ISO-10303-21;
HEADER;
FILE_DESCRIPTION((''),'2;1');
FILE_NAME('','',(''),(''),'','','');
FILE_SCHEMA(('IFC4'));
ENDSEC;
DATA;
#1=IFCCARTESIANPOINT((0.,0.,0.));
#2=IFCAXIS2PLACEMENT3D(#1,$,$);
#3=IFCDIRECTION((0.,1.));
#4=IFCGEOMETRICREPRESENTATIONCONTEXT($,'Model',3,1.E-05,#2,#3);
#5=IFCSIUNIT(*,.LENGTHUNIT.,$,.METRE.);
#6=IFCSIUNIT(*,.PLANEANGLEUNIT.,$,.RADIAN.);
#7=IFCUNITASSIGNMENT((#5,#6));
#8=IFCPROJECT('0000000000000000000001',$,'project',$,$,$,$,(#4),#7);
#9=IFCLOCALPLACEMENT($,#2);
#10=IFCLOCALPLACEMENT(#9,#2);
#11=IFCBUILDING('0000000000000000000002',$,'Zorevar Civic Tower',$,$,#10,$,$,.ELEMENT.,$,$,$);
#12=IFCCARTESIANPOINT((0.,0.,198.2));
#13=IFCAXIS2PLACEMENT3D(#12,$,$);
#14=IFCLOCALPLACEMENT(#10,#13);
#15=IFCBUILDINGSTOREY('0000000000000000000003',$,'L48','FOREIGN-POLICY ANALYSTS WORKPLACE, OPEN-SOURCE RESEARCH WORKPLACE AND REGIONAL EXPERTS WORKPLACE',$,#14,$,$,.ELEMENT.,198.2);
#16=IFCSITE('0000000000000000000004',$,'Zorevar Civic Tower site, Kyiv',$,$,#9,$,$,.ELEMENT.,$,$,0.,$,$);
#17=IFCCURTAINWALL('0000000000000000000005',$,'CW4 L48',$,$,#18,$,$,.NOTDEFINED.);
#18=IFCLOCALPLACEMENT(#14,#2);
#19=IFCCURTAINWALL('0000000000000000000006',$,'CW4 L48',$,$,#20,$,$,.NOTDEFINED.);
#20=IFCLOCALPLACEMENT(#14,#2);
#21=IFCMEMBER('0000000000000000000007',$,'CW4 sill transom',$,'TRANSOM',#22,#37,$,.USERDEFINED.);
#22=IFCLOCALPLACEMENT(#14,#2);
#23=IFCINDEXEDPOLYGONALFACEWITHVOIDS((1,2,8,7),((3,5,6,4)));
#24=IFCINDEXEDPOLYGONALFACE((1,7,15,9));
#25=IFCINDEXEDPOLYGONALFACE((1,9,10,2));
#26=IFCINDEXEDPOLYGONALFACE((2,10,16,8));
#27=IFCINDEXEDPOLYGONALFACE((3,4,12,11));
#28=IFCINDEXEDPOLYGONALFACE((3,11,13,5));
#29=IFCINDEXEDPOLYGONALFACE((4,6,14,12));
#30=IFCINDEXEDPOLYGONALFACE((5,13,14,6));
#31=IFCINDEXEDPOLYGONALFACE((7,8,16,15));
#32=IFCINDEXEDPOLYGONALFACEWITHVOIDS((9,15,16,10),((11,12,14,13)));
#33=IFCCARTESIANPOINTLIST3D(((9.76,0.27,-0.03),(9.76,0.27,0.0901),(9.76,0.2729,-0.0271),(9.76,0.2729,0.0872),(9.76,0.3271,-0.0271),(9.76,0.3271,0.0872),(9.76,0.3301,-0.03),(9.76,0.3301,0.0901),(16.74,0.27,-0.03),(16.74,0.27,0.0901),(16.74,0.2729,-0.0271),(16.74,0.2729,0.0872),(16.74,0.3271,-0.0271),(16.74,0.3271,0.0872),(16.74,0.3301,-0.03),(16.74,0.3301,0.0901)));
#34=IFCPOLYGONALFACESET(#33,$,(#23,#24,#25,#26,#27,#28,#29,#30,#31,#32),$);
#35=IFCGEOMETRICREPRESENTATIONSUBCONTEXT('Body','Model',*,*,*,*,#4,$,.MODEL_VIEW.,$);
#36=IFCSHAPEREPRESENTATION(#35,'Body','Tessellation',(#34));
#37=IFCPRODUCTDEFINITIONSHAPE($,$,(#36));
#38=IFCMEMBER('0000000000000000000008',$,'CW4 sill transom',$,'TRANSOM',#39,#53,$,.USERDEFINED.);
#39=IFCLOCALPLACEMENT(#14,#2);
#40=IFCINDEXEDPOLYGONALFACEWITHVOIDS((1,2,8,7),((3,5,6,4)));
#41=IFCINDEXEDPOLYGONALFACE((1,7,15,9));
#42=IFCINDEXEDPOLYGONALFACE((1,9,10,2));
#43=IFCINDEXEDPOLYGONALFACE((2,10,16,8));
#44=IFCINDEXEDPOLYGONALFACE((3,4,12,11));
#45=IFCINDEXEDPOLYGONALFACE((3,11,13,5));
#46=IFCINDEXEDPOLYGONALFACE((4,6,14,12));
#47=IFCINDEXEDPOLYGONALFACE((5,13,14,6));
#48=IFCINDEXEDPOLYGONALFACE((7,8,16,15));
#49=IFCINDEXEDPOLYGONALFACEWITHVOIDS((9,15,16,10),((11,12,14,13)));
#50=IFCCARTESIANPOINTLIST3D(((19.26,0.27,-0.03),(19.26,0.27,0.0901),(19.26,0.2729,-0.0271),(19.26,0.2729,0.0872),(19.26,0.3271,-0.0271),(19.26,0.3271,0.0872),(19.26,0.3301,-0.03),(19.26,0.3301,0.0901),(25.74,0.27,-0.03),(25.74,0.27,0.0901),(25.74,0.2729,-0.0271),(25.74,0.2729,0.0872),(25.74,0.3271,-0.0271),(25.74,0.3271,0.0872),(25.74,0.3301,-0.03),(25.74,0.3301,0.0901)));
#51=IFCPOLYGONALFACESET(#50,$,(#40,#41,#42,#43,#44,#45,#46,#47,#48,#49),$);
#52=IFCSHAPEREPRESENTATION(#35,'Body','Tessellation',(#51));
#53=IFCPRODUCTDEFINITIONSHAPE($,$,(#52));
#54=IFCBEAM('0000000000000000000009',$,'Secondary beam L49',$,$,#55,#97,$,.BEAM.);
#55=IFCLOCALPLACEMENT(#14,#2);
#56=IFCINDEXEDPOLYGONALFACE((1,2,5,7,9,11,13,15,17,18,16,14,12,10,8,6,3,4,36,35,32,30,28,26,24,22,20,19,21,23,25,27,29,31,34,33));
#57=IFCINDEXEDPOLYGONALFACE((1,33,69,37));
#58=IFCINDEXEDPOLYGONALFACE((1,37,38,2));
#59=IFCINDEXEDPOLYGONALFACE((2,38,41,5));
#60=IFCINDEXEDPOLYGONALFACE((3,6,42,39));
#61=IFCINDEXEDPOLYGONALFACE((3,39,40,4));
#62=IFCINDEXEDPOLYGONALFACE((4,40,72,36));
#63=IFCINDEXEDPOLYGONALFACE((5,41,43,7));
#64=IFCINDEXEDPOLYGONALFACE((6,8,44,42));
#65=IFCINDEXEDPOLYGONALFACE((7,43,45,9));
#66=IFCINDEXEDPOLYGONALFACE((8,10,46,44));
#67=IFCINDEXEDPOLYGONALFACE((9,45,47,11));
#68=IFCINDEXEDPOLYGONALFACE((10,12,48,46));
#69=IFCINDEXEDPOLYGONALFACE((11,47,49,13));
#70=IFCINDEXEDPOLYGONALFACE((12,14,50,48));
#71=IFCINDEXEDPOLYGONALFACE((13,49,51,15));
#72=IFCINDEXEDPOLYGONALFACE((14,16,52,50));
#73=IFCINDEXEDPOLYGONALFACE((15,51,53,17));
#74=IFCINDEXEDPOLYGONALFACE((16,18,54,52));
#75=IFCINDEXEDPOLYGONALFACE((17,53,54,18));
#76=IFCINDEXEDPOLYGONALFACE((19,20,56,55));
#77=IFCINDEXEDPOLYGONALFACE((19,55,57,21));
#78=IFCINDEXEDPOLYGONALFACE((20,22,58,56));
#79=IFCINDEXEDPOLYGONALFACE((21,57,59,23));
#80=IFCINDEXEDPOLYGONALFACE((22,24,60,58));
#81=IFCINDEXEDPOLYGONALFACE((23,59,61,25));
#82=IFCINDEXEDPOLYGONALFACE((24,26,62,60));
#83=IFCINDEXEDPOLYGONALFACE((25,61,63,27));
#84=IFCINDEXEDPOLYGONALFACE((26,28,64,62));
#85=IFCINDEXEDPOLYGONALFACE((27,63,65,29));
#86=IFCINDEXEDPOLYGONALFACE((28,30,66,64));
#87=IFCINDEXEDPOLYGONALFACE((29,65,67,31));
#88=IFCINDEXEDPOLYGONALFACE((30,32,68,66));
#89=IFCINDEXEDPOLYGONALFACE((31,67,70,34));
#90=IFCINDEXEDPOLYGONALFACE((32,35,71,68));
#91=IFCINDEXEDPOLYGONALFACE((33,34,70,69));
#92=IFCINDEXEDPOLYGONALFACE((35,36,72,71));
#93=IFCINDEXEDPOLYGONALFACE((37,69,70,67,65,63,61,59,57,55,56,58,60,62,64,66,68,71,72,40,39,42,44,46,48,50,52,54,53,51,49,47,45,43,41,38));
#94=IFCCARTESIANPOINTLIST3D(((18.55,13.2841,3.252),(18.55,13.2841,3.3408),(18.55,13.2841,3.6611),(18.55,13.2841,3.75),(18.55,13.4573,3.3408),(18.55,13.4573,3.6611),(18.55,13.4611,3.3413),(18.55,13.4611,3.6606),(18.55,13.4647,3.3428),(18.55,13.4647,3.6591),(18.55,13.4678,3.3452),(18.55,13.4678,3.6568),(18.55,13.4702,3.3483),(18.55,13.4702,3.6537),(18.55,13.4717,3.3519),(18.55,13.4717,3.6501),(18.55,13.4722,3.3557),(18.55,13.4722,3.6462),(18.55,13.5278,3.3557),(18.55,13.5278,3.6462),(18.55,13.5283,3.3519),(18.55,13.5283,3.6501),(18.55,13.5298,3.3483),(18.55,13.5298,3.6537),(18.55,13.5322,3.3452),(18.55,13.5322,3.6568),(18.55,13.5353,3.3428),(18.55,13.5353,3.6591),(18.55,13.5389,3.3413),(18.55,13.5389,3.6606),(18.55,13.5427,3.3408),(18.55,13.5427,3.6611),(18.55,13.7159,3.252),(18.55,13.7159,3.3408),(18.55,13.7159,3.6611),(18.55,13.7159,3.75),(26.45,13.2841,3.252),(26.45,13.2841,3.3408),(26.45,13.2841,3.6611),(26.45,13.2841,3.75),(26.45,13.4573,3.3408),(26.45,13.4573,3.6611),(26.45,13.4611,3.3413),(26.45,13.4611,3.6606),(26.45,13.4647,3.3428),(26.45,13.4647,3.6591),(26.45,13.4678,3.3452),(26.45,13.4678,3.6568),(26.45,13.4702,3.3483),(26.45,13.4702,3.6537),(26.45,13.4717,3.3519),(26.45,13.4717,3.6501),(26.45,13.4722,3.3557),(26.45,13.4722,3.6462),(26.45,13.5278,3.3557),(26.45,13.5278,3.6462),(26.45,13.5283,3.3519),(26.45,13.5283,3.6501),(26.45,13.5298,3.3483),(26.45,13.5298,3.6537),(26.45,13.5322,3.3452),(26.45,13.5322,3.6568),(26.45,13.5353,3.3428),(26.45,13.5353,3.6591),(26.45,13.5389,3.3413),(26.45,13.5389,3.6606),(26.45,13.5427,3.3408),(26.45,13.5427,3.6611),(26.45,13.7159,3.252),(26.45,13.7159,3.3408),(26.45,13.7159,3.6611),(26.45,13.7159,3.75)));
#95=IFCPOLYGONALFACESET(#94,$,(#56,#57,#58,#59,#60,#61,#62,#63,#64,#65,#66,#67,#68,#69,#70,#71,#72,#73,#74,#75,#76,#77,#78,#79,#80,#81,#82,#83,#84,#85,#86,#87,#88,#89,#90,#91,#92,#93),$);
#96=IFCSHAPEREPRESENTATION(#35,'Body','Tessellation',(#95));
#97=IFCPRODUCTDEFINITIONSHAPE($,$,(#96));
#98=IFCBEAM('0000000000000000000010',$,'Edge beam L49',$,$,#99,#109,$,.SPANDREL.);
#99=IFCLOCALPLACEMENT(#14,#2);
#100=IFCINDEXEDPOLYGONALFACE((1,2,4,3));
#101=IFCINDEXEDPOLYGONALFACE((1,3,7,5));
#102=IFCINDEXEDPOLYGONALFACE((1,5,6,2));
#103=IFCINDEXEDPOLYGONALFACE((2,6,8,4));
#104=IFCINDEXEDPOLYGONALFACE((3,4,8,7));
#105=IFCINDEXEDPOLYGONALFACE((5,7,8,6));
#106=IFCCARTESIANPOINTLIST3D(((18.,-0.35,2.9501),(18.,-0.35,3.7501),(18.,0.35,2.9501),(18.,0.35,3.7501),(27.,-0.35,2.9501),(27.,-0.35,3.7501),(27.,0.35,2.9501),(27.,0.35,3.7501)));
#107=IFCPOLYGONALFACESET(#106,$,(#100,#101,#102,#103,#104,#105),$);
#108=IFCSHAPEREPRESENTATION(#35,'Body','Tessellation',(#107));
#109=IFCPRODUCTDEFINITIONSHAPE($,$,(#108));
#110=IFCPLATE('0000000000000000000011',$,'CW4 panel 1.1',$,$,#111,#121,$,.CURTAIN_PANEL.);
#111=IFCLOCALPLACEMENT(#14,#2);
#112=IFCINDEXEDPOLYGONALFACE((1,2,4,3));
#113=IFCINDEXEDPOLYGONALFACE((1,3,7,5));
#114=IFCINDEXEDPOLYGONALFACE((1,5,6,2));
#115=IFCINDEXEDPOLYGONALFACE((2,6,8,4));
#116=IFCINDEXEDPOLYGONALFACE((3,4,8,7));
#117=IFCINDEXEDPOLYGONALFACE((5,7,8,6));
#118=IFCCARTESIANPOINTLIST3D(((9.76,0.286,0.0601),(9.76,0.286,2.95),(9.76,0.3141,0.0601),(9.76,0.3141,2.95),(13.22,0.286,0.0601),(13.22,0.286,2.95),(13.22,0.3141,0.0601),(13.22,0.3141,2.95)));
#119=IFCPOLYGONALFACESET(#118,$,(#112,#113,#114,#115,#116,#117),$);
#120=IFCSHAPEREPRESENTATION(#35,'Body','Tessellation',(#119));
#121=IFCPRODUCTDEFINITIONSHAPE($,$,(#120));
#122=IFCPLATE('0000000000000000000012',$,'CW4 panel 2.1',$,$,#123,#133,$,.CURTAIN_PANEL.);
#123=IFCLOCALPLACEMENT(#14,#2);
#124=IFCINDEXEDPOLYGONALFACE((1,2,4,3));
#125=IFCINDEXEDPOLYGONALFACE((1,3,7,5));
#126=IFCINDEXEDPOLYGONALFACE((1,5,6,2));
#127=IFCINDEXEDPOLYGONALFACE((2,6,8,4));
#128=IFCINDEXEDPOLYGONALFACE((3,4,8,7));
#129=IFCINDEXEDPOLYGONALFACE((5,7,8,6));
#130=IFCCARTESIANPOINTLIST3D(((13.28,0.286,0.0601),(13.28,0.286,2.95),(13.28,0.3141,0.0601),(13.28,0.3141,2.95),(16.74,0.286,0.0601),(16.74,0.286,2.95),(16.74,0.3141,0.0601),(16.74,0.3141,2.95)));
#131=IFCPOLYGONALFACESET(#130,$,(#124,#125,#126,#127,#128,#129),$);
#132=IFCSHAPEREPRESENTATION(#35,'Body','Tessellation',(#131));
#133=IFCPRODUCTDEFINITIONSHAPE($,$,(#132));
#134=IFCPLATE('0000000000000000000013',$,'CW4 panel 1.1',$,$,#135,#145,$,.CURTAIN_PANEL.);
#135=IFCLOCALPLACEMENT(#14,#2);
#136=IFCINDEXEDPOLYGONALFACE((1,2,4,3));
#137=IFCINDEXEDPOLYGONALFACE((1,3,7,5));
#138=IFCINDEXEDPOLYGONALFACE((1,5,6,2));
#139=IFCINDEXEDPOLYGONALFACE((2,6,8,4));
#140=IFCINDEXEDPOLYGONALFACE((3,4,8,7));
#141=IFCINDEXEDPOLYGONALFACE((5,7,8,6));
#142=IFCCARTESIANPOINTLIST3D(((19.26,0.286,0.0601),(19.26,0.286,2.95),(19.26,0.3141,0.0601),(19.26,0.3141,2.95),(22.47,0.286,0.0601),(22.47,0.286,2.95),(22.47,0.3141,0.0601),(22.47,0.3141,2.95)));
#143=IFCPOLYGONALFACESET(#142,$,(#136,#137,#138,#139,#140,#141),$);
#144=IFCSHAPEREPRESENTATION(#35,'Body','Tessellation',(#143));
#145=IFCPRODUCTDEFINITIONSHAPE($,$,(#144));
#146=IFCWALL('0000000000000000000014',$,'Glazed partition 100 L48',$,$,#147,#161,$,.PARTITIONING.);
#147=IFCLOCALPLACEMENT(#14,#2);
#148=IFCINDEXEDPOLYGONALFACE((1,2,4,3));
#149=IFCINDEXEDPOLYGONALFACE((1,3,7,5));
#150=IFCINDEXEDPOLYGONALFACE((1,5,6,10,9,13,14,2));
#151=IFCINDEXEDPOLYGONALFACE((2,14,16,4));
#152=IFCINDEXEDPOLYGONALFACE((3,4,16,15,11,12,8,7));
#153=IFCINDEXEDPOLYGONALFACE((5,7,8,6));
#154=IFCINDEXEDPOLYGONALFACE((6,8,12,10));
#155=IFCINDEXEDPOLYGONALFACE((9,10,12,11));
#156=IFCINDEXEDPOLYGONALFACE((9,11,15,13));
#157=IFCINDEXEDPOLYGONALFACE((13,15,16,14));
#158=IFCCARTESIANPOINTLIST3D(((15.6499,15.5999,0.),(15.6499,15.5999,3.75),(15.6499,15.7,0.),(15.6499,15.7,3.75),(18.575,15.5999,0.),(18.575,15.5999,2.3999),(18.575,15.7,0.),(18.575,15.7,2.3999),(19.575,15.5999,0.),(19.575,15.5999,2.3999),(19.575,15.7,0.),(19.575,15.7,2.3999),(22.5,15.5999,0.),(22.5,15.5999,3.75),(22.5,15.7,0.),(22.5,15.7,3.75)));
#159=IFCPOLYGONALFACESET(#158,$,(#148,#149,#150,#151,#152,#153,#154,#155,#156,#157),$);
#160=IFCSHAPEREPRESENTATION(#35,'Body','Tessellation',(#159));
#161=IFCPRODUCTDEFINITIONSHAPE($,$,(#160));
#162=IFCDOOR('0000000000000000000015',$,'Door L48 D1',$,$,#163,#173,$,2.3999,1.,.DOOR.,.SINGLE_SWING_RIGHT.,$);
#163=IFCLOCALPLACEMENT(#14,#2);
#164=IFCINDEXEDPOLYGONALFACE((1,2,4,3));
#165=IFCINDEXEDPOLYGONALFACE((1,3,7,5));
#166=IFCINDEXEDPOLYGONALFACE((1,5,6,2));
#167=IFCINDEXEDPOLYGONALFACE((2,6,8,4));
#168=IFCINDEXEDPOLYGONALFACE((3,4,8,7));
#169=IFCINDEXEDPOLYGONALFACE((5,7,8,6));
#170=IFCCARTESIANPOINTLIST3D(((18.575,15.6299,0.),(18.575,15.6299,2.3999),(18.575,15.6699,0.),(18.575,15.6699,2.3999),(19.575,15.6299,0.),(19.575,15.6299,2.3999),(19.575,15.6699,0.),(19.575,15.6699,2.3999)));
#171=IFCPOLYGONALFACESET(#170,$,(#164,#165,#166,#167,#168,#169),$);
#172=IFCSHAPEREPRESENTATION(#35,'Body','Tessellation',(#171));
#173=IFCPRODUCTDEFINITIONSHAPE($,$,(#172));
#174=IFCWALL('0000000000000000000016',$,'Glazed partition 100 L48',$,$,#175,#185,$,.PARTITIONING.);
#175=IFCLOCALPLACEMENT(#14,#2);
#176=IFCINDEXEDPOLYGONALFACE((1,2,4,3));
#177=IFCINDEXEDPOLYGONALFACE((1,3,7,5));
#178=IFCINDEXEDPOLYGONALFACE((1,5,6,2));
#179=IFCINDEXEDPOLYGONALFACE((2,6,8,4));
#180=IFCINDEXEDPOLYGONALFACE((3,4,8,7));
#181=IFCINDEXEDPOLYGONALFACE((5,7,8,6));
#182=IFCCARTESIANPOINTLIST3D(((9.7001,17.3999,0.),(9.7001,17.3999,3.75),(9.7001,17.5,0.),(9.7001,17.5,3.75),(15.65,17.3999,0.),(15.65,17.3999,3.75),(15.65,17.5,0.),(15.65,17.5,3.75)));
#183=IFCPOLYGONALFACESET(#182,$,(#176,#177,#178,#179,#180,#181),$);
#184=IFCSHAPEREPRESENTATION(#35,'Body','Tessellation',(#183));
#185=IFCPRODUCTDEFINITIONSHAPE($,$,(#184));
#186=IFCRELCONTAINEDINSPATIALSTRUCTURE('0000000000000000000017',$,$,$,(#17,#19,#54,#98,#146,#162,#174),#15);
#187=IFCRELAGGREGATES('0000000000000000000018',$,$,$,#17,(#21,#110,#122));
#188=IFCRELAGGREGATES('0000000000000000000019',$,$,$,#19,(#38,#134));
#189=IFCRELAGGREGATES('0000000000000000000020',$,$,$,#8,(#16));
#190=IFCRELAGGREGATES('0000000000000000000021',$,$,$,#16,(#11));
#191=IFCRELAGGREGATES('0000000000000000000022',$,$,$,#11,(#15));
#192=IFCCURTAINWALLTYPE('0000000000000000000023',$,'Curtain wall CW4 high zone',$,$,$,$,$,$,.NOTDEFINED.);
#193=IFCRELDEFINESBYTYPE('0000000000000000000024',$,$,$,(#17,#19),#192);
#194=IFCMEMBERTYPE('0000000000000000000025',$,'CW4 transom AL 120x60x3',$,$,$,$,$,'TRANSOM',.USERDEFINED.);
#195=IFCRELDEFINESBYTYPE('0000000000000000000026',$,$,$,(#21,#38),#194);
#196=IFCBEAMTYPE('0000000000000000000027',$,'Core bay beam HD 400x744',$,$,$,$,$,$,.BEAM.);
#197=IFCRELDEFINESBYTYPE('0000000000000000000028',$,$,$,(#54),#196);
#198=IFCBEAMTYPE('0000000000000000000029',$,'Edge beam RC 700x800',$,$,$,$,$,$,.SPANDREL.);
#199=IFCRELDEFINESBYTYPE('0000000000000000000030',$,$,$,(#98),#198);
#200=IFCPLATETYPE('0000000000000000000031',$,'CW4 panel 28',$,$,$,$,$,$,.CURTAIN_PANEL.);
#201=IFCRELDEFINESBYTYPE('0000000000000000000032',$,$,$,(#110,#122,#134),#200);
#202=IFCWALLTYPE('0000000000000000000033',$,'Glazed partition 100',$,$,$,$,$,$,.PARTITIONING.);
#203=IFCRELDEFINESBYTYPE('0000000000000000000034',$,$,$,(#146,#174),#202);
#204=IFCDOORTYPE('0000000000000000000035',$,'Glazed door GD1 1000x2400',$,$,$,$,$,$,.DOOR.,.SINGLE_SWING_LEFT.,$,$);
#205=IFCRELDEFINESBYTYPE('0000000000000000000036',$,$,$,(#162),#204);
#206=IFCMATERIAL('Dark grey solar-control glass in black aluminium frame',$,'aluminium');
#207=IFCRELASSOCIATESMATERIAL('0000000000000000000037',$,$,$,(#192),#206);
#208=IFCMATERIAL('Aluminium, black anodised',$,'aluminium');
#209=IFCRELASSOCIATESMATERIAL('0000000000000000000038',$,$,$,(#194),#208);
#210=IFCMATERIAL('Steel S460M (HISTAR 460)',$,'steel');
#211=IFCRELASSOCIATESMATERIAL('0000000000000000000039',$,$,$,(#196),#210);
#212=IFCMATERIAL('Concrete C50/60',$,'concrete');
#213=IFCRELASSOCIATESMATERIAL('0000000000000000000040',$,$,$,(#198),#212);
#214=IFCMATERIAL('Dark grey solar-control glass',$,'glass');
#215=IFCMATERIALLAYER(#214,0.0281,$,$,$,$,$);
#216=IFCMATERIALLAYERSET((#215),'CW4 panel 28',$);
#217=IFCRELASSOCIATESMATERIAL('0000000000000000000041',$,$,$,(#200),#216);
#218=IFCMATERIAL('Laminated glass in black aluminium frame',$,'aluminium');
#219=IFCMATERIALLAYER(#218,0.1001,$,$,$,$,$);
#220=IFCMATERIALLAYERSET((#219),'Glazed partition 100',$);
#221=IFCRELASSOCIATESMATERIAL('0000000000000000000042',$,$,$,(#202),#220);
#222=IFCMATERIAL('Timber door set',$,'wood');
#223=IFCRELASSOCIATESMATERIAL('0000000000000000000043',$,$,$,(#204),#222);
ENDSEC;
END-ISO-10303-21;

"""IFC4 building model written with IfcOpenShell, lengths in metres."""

from ifc_helpers import new_model, si_unit, direction, frame, frame_2d, origin, origin_2d, place, context, subcontext, project, spatial, rectangle, hollow_rectangle, i_section, extrude, material, layer, layer_set, material_profile, profile_set, type_object, element, fill, aggregate, save


model = new_model("IFC4")

# Units and contexts
model_context = context("Model", 3, precision=1e-05, world=origin(), true_north=direction((0.0, 1.0)))
body_context = subcontext(model_context, "Body", "Model", "MODEL_VIEW")
ifc_project = project(units=[si_unit("LENGTHUNIT", "METRE"), si_unit("PLANEANGLEUNIT", "RADIAN")], contexts=[model_context])

# Site, building, storey
site_placement = place(None, origin())
site = spatial("IfcSite", under=ifc_project, at=site_placement, Name="Zorevar Civic Tower site, Kyiv", CompositionType="ELEMENT", RefElevation=0.0)
building_placement = place(site_placement, origin())
building = spatial("IfcBuilding", under=site, at=building_placement, Name="Zorevar Civic Tower", CompositionType="ELEMENT")
storey_placement = place(building_placement, frame((0.0, 0.0, 198.2)))
storey = spatial("IfcBuildingStorey", under=building, at=storey_placement, Name="L48", Description="FOREIGN-POLICY ANALYSTS WORKPLACE, OPEN-SOURCE RESEARCH WORKPLACE AND REGIONAL EXPERTS WORKPLACE", CompositionType="ELEMENT", Elevation=198.2)

# Curtain walls
ifc_material_1 = material(Name="Dark grey solar-control glass in black aluminium frame", Category="aluminium")
curtain_wall_type = type_object("IfcCurtainWallType", Name="Curtain wall CW4 high zone", PredefinedType="NOTDEFINED", material=ifc_material_1)
curtain_wall_1_placement = place(storey_placement, origin())
curtain_wall_1 = element("IfcCurtainWall", 1, at=curtain_wall_1_placement, inside=storey, type_object=curtain_wall_type, Name="CW4 L48", PredefinedType="NOTDEFINED")
curtain_wall_2_placement = place(storey_placement, origin())
curtain_wall_2 = element("IfcCurtainWall", 2, at=curtain_wall_2_placement, inside=storey, type_object=curtain_wall_type, Name="CW4 L48", PredefinedType="NOTDEFINED")

# Members
ifc_material_2 = material(Name="Aluminium, black anodised", Category="aluminium")
ifc_material_profile_1 = material_profile(ifc_material_2, hollow_rectangle(XDim=0.0601, YDim=0.1201, WallThickness=0.0029, at=origin_2d()), Name="AL 120x60x3")
ifc_profile_set_1 = profile_set([ifc_material_profile_1], Name="Aluminium, black anodised")
member_type_1 = type_object("IfcMemberType", Name="CW4 transom AL 120x60x3", ElementType="TRANSOM", PredefinedType="USERDEFINED", material=ifc_profile_set_1)
member_1_placement = place(storey_placement, frame((9.76, 0.3, 0.03), z_axis=(1.0, 0.0, 0.0), x_axis=(0.0, 1.0, 0.0)))
member_1 = element("IfcMember", 3, at=member_1_placement, type_object=member_type_1, Name="CW4 sill transom", ObjectType="TRANSOM", PredefinedType="USERDEFINED", context=body_context, shape_type="SweptSolid", body=[
    extrude(hollow_rectangle(XDim=0.0601, YDim=0.1201, WallThickness=0.0029, at=origin_2d()), origin(), (0.0, 0.0, 1.0), 6.98),
])
member_2_placement = place(storey_placement, frame((19.26, 0.3, 0.03), z_axis=(1.0, 0.0, 0.0), x_axis=(0.0, 1.0, 0.0)))
member_2 = element("IfcMember", 4, at=member_2_placement, type_object=member_type_1, Name="CW4 sill transom", ObjectType="TRANSOM", PredefinedType="USERDEFINED", context=body_context, shape_type="SweptSolid", body=[
    extrude(hollow_rectangle(XDim=0.0601, YDim=0.1201, WallThickness=0.0029, at=origin_2d()), origin(), (0.0, 0.0, 1.0), 6.48),
])

# Beams
ifc_material_3 = material(Name="Steel S460M (HISTAR 460)", Category="steel")
ifc_material_profile_2 = material_profile(ifc_material_3, i_section(OverallWidth=0.4319, OverallDepth=0.498, WebThickness=0.0557, FlangeThickness=0.0889, FilletRadius=0.0149, at=origin_2d()), Name="HD 400x744")
ifc_profile_set_2 = profile_set([ifc_material_profile_2], Name="Steel S460M (HISTAR 460)")
beam_type_1 = type_object("IfcBeamType", Name="Core bay beam HD 400x744", PredefinedType="BEAM", material=ifc_profile_set_2)
beam_1_placement = place(storey_placement, frame((18.55, 13.5, 3.501), z_axis=(1.0, 0.0, 0.0), x_axis=(0.0, 1.0, 0.0)))
element("IfcBeam", 5, at=beam_1_placement, inside=storey, type_object=beam_type_1, Name="Secondary beam L49", PredefinedType="BEAM", context=body_context, shape_type="SweptSolid", body=[
    extrude(i_section(OverallWidth=0.4319, OverallDepth=0.498, WebThickness=0.0557, FlangeThickness=0.0889, FilletRadius=0.0149, at=origin_2d()), origin(), (0.0, 0.0, 1.0), 7.8999),
])
ifc_material_4 = material(Name="Concrete C50/60", Category="concrete")
ifc_material_profile_3 = material_profile(ifc_material_4, rectangle(XDim=0.7, YDim=0.8, at=origin_2d()), Name="RC 700x800")
ifc_profile_set_3 = profile_set([ifc_material_profile_3], Name="Concrete C50/60")
beam_type_2 = type_object("IfcBeamType", Name="Edge beam RC 700x800", PredefinedType="SPANDREL", material=ifc_profile_set_3)
beam_2_placement = place(storey_placement, frame((18.0, 0.0, 3.3501), z_axis=(1.0, 0.0, 0.0), x_axis=(0.0, 1.0, 0.0)))
element("IfcBeam", 6, at=beam_2_placement, inside=storey, type_object=beam_type_2, Name="Edge beam L49", PredefinedType="SPANDREL", context=body_context, shape_type="SweptSolid", body=[
    extrude(rectangle(XDim=0.7, YDim=0.8, at=origin_2d()), origin(), (0.0, 0.0, 1.0), 9.0),
])

# Plates
ifc_material_5 = material(Name="Dark grey solar-control glass", Category="glass")
ifc_layer_1 = layer(ifc_material_5, 0.0281)
ifc_layer_set_1 = layer_set([ifc_layer_1], Name="CW4 panel 28")
plate_type = type_object("IfcPlateType", Name="CW4 panel 28", PredefinedType="CURTAIN_PANEL", material=ifc_layer_set_1)
plate_1_placement = place(storey_placement, frame((11.49, 0.3, 0.0601), z_axis=(0.0, 0.0, 1.0), x_axis=(1.0, 0.0, 0.0)))
plate_1 = element("IfcPlate", 7, at=plate_1_placement, type_object=plate_type, Name="CW4 panel 1.1", PredefinedType="CURTAIN_PANEL", context=body_context, shape_type="SweptSolid", body=[
    extrude(rectangle(XDim=3.46, YDim=0.0281, at=origin_2d()), origin(), (0.0, 0.0, 1.0), 2.8899),
])
plate_2_placement = place(storey_placement, frame((15.01, 0.3, 0.0601), z_axis=(0.0, 0.0, 1.0), x_axis=(1.0, 0.0, 0.0)))
plate_2 = element("IfcPlate", 8, at=plate_2_placement, type_object=plate_type, Name="CW4 panel 2.1", PredefinedType="CURTAIN_PANEL", context=body_context, shape_type="SweptSolid", body=[
    extrude(rectangle(XDim=3.46, YDim=0.0281, at=origin_2d()), origin(), (0.0, 0.0, 1.0), 2.8899),
])
aggregate(curtain_wall_1, [member_1, plate_1, plate_2])
plate_3_placement = place(storey_placement, frame((20.865, 0.3, 0.0601), z_axis=(0.0, 0.0, 1.0), x_axis=(1.0, 0.0, 0.0)))
plate_3 = element("IfcPlate", 9, at=plate_3_placement, type_object=plate_type, Name="CW4 panel 1.1", PredefinedType="CURTAIN_PANEL", context=body_context, shape_type="SweptSolid", body=[
    extrude(rectangle(XDim=3.21, YDim=0.0281, at=origin_2d()), origin(), (0.0, 0.0, 1.0), 2.8899),
])
aggregate(curtain_wall_2, [member_2, plate_3])

# Wall, opening, door
ifc_material_6 = material(Name="Laminated glass in black aluminium frame", Category="aluminium")
ifc_layer_2 = layer(ifc_material_6, 0.1001)
ifc_layer_set_2 = layer_set([ifc_layer_2], Name="Glazed partition 100")
wall_type = type_object("IfcWallType", Name="Glazed partition 100", PredefinedType="PARTITIONING", material=ifc_layer_set_2)
wall_1_placement = place(storey_placement, frame((15.6499, 15.6499, 0.0), z_axis=(0.0, 0.0, 1.0), x_axis=(1.0, 0.0, 0.0)))
wall_1 = element("IfcWall", 10, at=wall_1_placement, inside=storey, type_object=wall_type, Name="Glazed partition 100 L48", PredefinedType="PARTITIONING", context=body_context, shape_type="SweptSolid", body=[
    extrude(rectangle(XDim=6.8501, YDim=0.1001, at=frame_2d((3.425, 0.0))), origin(), (0.0, 0.0, 1.0), 3.75),
])
opening_placement = place(wall_1_placement, frame((2.925, 0.0, 0.0)))
opening = element("IfcOpeningElement", 11, at=opening_placement, cuts=wall_1, PredefinedType="OPENING", context=body_context, shape_type="SweptSolid", body=[
    extrude(rectangle(XDim=1.0, YDim=2.3999, at=frame_2d((0.5, 1.2))), frame((0.0, 0.0601, 0.0), z_axis=(0.0, -1.0, 0.0), x_axis=(1.0, 0.0, 0.0)), (0.0, 0.0, 1.0), 0.1201),
])
ifc_material_7 = material(Name="Timber door set", Category="wood")
door_type = type_object("IfcDoorType", Name="Glazed door GD1 1000x2400", OperationType="SINGLE_SWING_LEFT", PredefinedType="DOOR", material=ifc_material_7)
door_placement = place(opening_placement, origin())
door = element("IfcDoor", 12, at=door_placement, inside=storey, type_object=door_type, Name="Door L48 D1", OperationType="SINGLE_SWING_RIGHT", OverallHeight=2.3999, OverallWidth=1.0, PredefinedType="DOOR", context=body_context, shape_type="SweptSolid", body=[
    extrude(rectangle(XDim=1.0, YDim=2.3999, at=frame_2d((0.5, 1.2))), frame((0.0, 0.02, 0.0), z_axis=(0.0, -1.0, 0.0), x_axis=(1.0, 0.0, 0.0)), (0.0, 0.0, 1.0), 0.04),
])
fill(opening, door)

# Wall
wall_2_placement = place(storey_placement, frame((9.7, 17.45, 0.0), z_axis=(0.0, 0.0, 1.0), x_axis=(1.0, 0.0, 0.0)))
element("IfcWall", 13, at=wall_2_placement, inside=storey, type_object=wall_type, Name="Glazed partition 100 L48", PredefinedType="PARTITIONING", context=body_context, shape_type="SweptSolid", body=[
    extrude(rectangle(XDim=5.95, YDim=0.1001, at=frame_2d((2.9751, 0.0))), origin(), (0.0, 0.0, 1.0), 3.75),
])

save(model, "model.ifc")
